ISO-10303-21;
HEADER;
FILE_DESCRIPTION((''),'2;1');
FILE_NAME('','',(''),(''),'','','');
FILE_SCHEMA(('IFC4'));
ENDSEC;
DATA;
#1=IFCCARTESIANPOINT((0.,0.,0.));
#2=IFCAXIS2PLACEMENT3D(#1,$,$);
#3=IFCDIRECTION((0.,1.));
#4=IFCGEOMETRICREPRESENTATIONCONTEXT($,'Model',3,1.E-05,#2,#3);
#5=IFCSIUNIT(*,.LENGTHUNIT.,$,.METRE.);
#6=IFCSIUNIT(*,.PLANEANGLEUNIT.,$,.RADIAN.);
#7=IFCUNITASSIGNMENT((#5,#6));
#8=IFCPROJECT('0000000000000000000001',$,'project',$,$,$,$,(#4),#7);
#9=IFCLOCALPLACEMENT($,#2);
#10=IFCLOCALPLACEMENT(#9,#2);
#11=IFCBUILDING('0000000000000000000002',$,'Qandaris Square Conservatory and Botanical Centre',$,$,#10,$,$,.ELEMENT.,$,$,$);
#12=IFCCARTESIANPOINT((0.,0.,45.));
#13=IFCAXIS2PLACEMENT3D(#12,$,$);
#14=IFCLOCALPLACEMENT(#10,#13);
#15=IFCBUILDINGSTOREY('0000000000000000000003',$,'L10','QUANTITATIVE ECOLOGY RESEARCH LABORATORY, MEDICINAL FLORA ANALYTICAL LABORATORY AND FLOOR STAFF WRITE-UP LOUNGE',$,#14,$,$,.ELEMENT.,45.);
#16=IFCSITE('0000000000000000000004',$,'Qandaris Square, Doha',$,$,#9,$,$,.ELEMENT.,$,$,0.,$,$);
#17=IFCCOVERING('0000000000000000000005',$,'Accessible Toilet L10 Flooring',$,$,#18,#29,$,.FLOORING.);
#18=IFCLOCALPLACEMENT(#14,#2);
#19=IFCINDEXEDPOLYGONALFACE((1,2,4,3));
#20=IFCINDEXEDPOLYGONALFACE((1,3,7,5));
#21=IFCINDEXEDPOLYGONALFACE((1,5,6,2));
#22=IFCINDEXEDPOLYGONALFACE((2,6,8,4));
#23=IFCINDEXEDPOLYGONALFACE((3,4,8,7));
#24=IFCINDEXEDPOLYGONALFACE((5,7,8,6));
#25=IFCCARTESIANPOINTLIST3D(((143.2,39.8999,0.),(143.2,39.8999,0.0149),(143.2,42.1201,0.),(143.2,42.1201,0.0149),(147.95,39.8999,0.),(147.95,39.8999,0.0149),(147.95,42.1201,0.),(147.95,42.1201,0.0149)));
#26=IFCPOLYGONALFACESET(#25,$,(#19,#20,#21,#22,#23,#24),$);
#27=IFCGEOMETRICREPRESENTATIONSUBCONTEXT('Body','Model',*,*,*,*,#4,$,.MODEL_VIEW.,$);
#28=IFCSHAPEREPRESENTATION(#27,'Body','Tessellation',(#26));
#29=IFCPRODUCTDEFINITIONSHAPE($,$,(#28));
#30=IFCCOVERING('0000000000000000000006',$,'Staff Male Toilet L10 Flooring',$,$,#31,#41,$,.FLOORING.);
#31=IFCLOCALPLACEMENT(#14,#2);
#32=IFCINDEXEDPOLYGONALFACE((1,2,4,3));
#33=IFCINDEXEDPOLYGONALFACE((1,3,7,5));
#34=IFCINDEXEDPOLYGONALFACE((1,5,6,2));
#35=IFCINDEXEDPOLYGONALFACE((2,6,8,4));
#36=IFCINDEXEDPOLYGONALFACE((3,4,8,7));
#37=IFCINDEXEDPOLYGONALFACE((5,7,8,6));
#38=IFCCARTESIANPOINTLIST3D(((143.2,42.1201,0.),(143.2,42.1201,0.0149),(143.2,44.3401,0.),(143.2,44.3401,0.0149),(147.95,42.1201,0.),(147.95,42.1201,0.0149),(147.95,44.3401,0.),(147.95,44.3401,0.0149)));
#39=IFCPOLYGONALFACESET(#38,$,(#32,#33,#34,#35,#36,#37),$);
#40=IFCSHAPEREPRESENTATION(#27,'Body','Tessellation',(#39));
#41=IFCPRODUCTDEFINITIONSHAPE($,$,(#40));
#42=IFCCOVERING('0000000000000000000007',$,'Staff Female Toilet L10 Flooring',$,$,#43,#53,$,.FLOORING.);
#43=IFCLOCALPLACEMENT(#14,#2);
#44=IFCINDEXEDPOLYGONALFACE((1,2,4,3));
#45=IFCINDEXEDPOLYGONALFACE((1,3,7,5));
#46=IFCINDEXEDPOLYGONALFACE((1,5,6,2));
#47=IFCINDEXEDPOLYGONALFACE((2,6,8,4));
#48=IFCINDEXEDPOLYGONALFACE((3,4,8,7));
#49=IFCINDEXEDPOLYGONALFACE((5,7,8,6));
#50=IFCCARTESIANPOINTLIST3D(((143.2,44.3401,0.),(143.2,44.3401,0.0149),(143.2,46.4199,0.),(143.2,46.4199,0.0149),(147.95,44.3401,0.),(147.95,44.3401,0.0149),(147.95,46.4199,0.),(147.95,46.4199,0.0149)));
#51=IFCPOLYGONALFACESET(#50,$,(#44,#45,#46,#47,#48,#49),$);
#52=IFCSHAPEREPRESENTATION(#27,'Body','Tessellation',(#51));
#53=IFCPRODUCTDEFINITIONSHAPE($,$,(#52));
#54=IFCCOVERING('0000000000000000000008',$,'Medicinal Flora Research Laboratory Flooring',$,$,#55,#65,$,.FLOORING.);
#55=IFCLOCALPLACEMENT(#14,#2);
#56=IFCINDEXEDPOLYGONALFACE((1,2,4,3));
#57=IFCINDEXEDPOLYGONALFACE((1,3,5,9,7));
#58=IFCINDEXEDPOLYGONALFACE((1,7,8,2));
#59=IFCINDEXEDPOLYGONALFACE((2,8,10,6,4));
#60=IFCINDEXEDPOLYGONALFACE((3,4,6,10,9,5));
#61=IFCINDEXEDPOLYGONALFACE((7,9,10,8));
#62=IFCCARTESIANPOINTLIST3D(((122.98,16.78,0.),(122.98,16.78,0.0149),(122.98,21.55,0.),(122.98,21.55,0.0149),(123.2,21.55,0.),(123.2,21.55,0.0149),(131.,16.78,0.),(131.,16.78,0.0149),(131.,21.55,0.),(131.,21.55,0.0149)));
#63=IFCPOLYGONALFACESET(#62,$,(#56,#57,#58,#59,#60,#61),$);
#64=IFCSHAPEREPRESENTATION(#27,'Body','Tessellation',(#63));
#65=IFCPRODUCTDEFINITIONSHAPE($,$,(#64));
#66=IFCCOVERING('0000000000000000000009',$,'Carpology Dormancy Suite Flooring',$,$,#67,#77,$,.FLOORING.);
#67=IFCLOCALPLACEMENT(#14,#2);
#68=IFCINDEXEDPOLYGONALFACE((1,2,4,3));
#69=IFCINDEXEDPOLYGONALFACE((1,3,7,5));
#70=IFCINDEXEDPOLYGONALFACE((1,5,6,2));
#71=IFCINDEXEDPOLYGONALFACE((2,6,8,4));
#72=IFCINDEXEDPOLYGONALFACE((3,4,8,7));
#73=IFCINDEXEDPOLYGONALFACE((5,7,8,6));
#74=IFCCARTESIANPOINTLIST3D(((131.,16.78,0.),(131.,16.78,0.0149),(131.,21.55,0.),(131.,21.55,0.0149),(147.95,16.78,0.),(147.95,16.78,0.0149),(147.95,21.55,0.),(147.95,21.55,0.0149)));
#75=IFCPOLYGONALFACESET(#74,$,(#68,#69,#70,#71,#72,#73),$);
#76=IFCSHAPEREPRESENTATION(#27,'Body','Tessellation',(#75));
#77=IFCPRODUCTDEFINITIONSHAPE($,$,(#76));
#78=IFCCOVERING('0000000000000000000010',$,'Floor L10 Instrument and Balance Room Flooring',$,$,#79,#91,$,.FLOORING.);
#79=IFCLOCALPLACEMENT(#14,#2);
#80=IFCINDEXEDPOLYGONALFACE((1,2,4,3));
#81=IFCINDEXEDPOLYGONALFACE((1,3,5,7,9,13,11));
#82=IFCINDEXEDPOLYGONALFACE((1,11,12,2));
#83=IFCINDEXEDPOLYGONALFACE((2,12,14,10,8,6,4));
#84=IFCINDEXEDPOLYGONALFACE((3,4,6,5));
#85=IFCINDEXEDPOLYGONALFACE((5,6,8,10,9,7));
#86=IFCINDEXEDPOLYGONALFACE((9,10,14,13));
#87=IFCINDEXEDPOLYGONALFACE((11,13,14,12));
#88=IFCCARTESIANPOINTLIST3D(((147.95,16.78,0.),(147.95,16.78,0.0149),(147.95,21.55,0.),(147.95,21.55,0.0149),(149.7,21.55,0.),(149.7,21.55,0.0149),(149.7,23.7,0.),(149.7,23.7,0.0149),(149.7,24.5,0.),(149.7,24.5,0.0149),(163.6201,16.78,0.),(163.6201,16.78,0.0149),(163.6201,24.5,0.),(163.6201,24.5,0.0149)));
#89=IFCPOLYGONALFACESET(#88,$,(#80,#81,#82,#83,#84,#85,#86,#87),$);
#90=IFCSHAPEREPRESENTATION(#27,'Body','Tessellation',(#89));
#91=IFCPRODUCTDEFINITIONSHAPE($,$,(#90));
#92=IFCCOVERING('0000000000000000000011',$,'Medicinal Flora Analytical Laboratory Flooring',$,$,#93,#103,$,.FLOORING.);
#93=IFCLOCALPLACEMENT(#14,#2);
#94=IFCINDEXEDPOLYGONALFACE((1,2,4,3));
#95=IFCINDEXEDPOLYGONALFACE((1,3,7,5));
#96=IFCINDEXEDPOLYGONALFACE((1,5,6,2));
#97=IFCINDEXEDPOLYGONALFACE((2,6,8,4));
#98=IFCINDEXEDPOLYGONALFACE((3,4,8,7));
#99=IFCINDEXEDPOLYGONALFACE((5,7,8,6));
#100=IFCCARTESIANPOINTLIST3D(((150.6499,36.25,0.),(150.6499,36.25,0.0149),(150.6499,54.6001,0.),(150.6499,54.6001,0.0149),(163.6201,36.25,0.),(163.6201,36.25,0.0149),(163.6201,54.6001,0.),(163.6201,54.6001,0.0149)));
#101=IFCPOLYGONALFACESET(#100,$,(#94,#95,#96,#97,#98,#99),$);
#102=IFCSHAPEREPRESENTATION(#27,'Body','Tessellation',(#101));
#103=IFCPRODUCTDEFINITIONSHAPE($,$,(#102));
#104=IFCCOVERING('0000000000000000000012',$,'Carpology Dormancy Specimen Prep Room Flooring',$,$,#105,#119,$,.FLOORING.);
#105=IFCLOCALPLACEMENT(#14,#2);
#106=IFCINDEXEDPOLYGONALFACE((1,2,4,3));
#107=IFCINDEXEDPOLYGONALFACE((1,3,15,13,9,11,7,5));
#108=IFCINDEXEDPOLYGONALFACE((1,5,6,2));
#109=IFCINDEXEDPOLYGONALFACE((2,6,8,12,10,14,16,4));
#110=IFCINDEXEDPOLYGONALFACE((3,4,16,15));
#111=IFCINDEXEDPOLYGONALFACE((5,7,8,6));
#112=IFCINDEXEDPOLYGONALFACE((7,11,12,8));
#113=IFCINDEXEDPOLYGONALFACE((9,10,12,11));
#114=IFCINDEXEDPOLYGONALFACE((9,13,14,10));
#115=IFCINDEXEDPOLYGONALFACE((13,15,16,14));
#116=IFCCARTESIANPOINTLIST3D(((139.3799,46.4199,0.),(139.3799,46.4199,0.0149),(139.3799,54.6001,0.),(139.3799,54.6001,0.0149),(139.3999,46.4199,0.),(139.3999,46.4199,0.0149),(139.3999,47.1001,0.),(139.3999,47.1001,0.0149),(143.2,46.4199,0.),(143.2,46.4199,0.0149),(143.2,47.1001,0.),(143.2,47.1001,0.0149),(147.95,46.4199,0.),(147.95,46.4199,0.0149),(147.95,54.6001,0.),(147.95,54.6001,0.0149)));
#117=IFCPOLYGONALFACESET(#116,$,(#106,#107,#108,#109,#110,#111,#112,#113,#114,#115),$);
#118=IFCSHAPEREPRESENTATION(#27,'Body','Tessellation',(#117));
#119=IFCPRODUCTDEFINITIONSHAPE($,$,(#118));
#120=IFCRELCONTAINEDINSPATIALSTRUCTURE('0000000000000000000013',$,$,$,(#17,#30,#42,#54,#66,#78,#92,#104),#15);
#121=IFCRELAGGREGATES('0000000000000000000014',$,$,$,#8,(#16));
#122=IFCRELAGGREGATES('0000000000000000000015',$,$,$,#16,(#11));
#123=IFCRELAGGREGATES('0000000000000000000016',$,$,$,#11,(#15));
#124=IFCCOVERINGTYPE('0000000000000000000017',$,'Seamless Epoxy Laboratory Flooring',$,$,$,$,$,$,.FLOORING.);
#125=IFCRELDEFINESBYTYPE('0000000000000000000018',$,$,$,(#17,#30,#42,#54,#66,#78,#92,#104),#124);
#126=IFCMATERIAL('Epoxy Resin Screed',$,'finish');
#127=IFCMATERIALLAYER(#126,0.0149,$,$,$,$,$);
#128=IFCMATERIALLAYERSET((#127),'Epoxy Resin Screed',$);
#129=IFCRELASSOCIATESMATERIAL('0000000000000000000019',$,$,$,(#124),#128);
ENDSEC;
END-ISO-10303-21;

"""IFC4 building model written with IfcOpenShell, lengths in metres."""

from ifc_helpers import new_model, si_unit, direction, frame, origin, place, context, subcontext, project, spatial, polyline, outline, extrude, material, layer, layer_set, type_object, element, save


model = new_model("IFC4")

# Units and contexts
model_context = context("Model", 3, precision=1e-05, world=origin(), true_north=direction((0.0, 1.0)))
body_context = subcontext(model_context, "Body", "Model", "MODEL_VIEW")
ifc_project = project(units=[si_unit("LENGTHUNIT", "METRE"), si_unit("PLANEANGLEUNIT", "RADIAN")], contexts=[model_context])

# Site, building, storey
site_placement = place(None, origin())
site = spatial("IfcSite", under=ifc_project, at=site_placement, Name="Qandaris Square, Doha", CompositionType="ELEMENT", RefElevation=0.0)
building_placement = place(site_placement, origin())
building = spatial("IfcBuilding", under=site, at=building_placement, Name="Qandaris Square Conservatory and Botanical Centre", CompositionType="ELEMENT")
storey_placement = place(building_placement, frame((0.0, 0.0, 45.0)))
storey = spatial("IfcBuildingStorey", under=building, at=storey_placement, Name="L10", Description="QUANTITATIVE ECOLOGY RESEARCH LABORATORY, MEDICINAL FLORA ANALYTICAL LABORATORY AND FLOOR STAFF WRITE-UP LOUNGE", CompositionType="ELEMENT", Elevation=45.0)

# Coverings
ifc_material_1 = material(Name="Epoxy Resin Screed", Category="finish")
ifc_layer_1 = layer(ifc_material_1, 0.0149)
ifc_layer_set_1 = layer_set([ifc_layer_1], Name="Epoxy Resin Screed")
covering_type_1 = type_object("IfcCoveringType", Name="Seamless Epoxy Laboratory Flooring", PredefinedType="FLOORING", material=ifc_layer_set_1)
covering_1_placement = place(storey_placement, origin())
element("IfcCovering", 1, at=covering_1_placement, inside=storey, type_object=covering_type_1, Name="Accessible Toilet L10 Flooring", PredefinedType="FLOORING", context=body_context, shape_type="SweptSolid", body=[
    extrude(outline(polyline([(147.95, 42.1201), (147.95, 39.8999), (143.2, 39.8999), (143.2, 42.1201), (147.95, 42.1201)])), origin(), (0.0, 0.0, 1.0), 0.0149),
])
covering_2_placement = place(storey_placement, origin())
element("IfcCovering", 2, at=covering_2_placement, inside=storey, type_object=covering_type_1, Name="Staff Male Toilet L10 Flooring", PredefinedType="FLOORING", context=body_context, shape_type="SweptSolid", body=[
    extrude(outline(polyline([(147.95, 44.3401), (147.95, 42.1201), (143.2, 42.1201), (143.2, 44.3401), (147.95, 44.3401)])), origin(), (0.0, 0.0, 1.0), 0.0149),
])
covering_3_placement = place(storey_placement, origin())
element("IfcCovering", 3, at=covering_3_placement, inside=storey, type_object=covering_type_1, Name="Staff Female Toilet L10 Flooring", PredefinedType="FLOORING", context=body_context, shape_type="SweptSolid", body=[
    extrude(outline(polyline([(147.95, 46.4199), (147.95, 44.3401), (143.2, 44.3401), (143.2, 46.4199), (147.95, 46.4199)])), origin(), (0.0, 0.0, 1.0), 0.0149),
])
covering_4_placement = place(storey_placement, origin())
element("IfcCovering", 4, at=covering_4_placement, inside=storey, type_object=covering_type_1, Name="Medicinal Flora Research Laboratory Flooring", PredefinedType="FLOORING", context=body_context, shape_type="SweptSolid", body=[
    extrude(outline(polyline([(123.2, 21.55), (131.0, 21.55), (131.0, 16.78), (122.98, 16.78), (122.98, 21.55), (123.2, 21.55)])), origin(), (0.0, 0.0, 1.0), 0.0149),
])
covering_5_placement = place(storey_placement, origin())
element("IfcCovering", 5, at=covering_5_placement, inside=storey, type_object=covering_type_1, Name="Carpology Dormancy Suite Flooring", PredefinedType="FLOORING", context=body_context, shape_type="SweptSolid", body=[
    extrude(outline(polyline([(147.95, 21.55), (147.95, 16.78), (131.0, 16.78), (131.0, 21.55), (147.95, 21.55)])), origin(), (0.0, 0.0, 1.0), 0.0149),
])
covering_6_placement = place(storey_placement, origin())
element("IfcCovering", 6, at=covering_6_placement, inside=storey, type_object=covering_type_1, Name="Floor L10 Instrument and Balance Room Flooring", PredefinedType="FLOORING", context=body_context, shape_type="SweptSolid", body=[
    extrude(outline(polyline([(147.95, 21.55), (149.7, 21.55), (149.7, 23.7), (149.7, 24.5), (163.6201, 24.5), (163.6201, 16.78), (147.95, 16.78), (147.95, 21.55)])), origin(), (0.0, 0.0, 1.0), 0.0149),
])
covering_7_placement = place(storey_placement, origin())
element("IfcCovering", 7, at=covering_7_placement, inside=storey, type_object=covering_type_1, Name="Medicinal Flora Analytical Laboratory Flooring", PredefinedType="FLOORING", context=body_context, shape_type="SweptSolid", body=[
    extrude(outline(polyline([(150.6499, 54.6001), (163.6201, 54.6001), (163.6201, 36.25), (150.6499, 36.25), (150.6499, 54.6001)])), origin(), (0.0, 0.0, 1.0), 0.0149),
])
covering_8_placement = place(storey_placement, origin())
element("IfcCovering", 8, at=covering_8_placement, inside=storey, type_object=covering_type_1, Name="Carpology Dormancy Specimen Prep Room Flooring", PredefinedType="FLOORING", context=body_context, shape_type="SweptSolid", body=[
    extrude(outline(polyline([(147.95, 46.4199), (143.2, 46.4199), (143.2, 47.1001), (139.3999, 47.1001), (139.3999, 46.4199), (139.3799, 46.4199), (139.3799, 54.6001), (147.95, 54.6001), (147.95, 46.4199)])), origin(), (0.0, 0.0, 1.0), 0.0149),
])

save(model, "model.ifc")
